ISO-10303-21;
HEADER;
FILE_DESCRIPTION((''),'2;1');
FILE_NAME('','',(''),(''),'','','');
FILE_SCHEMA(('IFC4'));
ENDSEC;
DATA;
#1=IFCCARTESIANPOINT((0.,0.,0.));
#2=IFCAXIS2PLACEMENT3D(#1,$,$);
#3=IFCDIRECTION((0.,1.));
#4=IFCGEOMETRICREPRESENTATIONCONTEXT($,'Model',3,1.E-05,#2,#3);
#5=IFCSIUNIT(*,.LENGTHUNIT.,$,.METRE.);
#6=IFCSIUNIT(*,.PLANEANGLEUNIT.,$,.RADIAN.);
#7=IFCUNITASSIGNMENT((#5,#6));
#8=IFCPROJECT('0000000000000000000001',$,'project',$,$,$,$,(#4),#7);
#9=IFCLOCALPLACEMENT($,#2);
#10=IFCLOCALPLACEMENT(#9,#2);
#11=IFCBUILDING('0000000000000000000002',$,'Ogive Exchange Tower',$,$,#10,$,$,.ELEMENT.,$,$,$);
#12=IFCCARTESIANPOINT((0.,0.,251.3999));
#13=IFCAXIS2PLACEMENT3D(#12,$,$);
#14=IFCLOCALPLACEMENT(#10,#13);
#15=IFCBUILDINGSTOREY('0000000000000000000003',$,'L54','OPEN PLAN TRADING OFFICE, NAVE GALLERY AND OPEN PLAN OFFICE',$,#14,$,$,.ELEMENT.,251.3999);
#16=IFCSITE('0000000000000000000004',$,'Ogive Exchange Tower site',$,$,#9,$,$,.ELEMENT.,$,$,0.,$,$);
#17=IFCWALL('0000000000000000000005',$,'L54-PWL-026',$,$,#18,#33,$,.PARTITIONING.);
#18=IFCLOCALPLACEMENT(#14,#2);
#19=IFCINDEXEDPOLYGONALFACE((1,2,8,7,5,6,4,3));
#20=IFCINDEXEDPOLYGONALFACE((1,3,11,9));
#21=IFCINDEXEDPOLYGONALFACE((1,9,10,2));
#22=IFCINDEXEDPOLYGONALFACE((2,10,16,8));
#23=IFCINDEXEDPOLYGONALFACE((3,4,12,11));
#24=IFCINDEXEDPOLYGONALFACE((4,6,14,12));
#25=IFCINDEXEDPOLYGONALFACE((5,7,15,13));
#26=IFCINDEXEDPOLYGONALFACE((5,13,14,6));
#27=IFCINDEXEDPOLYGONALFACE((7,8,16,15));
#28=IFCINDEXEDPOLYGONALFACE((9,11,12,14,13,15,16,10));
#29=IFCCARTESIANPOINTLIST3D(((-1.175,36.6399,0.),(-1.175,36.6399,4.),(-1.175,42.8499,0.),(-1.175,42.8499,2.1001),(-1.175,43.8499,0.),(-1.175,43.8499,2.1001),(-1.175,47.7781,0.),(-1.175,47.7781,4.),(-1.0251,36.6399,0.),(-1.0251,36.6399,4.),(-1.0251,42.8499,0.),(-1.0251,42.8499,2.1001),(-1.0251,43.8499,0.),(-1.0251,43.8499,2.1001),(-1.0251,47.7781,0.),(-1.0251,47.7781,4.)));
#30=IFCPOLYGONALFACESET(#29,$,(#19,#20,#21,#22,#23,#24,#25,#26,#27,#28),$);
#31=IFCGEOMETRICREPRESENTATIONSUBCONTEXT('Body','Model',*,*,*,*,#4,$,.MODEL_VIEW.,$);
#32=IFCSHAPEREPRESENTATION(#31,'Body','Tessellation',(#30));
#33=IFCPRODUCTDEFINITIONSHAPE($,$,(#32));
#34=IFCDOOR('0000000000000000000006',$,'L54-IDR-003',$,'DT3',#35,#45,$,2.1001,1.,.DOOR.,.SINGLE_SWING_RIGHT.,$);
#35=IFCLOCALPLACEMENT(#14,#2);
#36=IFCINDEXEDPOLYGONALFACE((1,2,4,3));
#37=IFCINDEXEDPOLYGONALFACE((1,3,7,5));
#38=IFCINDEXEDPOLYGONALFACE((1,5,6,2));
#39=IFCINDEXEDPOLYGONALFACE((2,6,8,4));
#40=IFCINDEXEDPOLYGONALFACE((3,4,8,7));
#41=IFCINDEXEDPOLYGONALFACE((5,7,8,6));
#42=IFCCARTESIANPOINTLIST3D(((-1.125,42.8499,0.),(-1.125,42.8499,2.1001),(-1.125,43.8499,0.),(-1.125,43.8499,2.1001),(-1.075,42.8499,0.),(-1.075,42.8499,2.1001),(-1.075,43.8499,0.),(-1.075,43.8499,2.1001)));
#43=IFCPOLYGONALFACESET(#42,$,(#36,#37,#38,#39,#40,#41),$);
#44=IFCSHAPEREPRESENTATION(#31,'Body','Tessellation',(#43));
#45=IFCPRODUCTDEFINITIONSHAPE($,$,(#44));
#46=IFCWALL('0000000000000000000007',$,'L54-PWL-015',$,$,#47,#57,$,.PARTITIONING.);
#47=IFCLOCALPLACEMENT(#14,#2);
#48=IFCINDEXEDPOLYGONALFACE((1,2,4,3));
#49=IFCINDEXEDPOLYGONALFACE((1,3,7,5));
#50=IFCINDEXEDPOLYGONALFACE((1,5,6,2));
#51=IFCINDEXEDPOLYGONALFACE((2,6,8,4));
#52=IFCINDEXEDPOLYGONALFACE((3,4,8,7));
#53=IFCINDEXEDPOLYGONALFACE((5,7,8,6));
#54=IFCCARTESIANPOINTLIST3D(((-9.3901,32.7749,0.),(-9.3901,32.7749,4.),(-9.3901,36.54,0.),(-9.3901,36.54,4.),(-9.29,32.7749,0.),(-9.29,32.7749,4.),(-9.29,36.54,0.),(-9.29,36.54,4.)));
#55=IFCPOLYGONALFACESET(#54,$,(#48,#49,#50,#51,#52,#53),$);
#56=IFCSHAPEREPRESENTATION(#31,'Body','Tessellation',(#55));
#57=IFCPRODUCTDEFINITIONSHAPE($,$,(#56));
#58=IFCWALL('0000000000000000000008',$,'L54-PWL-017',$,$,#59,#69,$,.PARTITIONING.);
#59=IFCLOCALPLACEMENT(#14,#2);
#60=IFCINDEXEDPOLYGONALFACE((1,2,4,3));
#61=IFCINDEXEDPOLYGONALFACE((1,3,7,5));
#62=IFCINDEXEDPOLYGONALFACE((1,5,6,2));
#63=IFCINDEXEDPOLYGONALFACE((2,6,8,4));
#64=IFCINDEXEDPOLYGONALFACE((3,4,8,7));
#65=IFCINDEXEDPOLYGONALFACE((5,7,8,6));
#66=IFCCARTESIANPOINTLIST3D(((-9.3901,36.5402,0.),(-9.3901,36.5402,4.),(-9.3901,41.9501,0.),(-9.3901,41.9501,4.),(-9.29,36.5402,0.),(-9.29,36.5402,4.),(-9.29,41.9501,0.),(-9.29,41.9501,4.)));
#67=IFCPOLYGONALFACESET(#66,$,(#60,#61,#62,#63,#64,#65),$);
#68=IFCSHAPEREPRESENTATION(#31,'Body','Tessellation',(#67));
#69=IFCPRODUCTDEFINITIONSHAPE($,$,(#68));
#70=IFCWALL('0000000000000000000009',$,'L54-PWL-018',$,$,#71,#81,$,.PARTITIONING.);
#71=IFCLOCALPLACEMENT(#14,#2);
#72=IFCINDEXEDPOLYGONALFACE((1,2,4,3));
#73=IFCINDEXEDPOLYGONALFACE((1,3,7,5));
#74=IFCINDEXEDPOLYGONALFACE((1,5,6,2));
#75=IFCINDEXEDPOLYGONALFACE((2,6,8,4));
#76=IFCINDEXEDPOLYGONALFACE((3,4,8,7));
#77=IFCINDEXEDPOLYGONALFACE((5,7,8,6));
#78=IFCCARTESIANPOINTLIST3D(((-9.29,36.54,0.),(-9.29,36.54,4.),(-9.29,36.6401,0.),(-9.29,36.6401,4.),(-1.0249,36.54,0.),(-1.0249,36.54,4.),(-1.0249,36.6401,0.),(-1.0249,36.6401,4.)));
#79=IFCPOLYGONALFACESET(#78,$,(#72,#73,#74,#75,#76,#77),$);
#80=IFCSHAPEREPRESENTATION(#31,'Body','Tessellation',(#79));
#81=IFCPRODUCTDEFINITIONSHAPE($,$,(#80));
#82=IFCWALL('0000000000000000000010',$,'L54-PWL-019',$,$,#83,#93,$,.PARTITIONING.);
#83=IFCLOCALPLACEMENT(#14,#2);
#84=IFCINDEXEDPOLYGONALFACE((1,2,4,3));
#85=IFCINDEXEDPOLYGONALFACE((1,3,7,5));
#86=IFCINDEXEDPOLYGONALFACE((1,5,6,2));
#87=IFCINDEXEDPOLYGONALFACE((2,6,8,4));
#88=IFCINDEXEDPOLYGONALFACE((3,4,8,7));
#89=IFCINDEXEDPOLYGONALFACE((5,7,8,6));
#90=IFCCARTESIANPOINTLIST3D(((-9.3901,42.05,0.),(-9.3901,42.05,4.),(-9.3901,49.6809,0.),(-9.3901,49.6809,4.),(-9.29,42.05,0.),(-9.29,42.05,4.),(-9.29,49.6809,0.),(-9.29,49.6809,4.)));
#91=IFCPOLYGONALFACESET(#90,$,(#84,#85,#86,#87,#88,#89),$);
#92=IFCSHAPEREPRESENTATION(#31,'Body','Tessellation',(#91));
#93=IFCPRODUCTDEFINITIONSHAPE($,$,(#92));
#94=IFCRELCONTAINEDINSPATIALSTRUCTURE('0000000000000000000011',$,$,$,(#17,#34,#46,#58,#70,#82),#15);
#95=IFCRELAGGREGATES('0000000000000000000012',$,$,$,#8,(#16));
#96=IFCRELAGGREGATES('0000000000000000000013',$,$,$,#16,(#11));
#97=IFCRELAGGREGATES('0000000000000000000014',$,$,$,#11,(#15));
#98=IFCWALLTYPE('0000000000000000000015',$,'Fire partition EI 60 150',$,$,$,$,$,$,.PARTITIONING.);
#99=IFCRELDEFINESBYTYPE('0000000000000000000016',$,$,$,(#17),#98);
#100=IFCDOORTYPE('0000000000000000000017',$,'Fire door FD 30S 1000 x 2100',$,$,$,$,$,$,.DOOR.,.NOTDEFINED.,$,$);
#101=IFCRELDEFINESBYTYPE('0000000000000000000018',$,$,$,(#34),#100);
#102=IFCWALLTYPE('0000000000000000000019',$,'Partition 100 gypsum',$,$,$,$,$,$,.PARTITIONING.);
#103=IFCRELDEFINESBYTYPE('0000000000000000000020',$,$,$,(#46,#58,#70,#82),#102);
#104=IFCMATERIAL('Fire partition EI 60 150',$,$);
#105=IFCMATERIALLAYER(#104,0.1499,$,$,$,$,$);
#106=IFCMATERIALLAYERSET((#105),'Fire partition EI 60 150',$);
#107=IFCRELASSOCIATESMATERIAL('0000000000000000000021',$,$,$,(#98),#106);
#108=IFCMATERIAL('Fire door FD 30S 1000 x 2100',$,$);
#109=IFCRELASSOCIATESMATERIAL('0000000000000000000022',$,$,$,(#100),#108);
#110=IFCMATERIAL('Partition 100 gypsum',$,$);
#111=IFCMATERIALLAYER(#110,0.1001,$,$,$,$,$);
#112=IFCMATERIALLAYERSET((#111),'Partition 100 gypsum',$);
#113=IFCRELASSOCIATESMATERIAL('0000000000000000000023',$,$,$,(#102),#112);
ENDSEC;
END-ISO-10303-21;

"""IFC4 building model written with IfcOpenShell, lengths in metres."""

from ifc_helpers import new_model, si_unit, direction, frame, frame_2d, origin, place, context, subcontext, project, spatial, rectangle, extrude, material, layer, layer_set, type_object, element, fill, save


model = new_model("IFC4")

# Units and contexts
model_context = context("Model", 3, precision=1e-05, world=origin(), true_north=direction((0.0, 1.0)))
body_context = subcontext(model_context, "Body", "Model", "MODEL_VIEW")
ifc_project = project(units=[si_unit("LENGTHUNIT", "METRE"), si_unit("PLANEANGLEUNIT", "RADIAN")], contexts=[model_context])

# Site, building, storey
site_placement = place(None, origin())
site = spatial("IfcSite", under=ifc_project, at=site_placement, Name="Ogive Exchange Tower site", CompositionType="ELEMENT", RefElevation=0.0)
building_placement = place(site_placement, origin())
building = spatial("IfcBuilding", under=site, at=building_placement, Name="Ogive Exchange Tower", CompositionType="ELEMENT")
storey_placement = place(building_placement, frame((0.0, 0.0, 251.3999)))
storey = spatial("IfcBuildingStorey", under=building, at=storey_placement, Name="L54", Description="OPEN PLAN TRADING OFFICE, NAVE GALLERY AND OPEN PLAN OFFICE", CompositionType="ELEMENT", Elevation=251.3999)

# Shared definitions
ifc_material_1 = material(Name="Fire partition EI 60 150")
ifc_layer_1 = layer(ifc_material_1, 0.1499)
ifc_layer_set_1 = layer_set([ifc_layer_1], Name="Fire partition EI 60 150")
wall_type_1 = type_object("IfcWallType", Name="Fire partition EI 60 150", PredefinedType="PARTITIONING", material=ifc_layer_set_1)

# Wall, opening, door
wall_1_placement = place(storey_placement, frame((-1.1001, 36.6399, 0.0), z_axis=(0.0, 0.0, 1.0), x_axis=(0.0, 1.0, 0.0)))
wall_1 = element("IfcWall", 1, at=wall_1_placement, inside=storey, type_object=wall_type_1, Name="L54-PWL-026", PredefinedType="PARTITIONING", context=body_context, shape_type="SweptSolid", body=[
    extrude(rectangle(XDim=11.1382, YDim=0.1499, at=frame_2d((5.5691, 0.0))), origin(), (0.0, 0.0, 1.0), 4.0),
])
opening_placement = place(wall_1_placement, frame((6.21, 0.0, 0.0)))
opening = element("IfcOpeningElement", 2, at=opening_placement, cuts=wall_1, PredefinedType="OPENING", context=body_context, shape_type="SweptSolid", body=[
    extrude(rectangle(XDim=1.0, YDim=2.1001, at=frame_2d((0.5, 1.05))), frame((0.0, 0.085, 0.0), z_axis=(0.0, -1.0, 0.0), x_axis=(1.0, 0.0, 0.0)), (0.0, 0.0, 1.0), 0.1699),
])
ifc_material_2 = material(Name="Fire door FD 30S 1000 x 2100")
door_type = type_object("IfcDoorType", Name="Fire door FD 30S 1000 x 2100", OperationType="NOTDEFINED", PredefinedType="DOOR", material=ifc_material_2)
door_placement = place(opening_placement, origin())
door = element("IfcDoor", 3, at=door_placement, inside=storey, type_object=door_type, Name="L54-IDR-003", ObjectType="DT3", OperationType="SINGLE_SWING_RIGHT", OverallHeight=2.1001, OverallWidth=1.0, PredefinedType="DOOR", context=body_context, shape_type="SweptSolid", body=[
    extrude(rectangle(XDim=1.0, YDim=2.1001, at=frame_2d((0.5, 1.05))), frame((0.0, 0.0249, 0.0), z_axis=(0.0, -1.0, 0.0), x_axis=(1.0, 0.0, 0.0)), (0.0, 0.0, 1.0), 0.05),
])
fill(opening, door)

# Walls
ifc_material_3 = material(Name="Partition 100 gypsum")
ifc_layer_2 = layer(ifc_material_3, 0.1001)
ifc_layer_set_2 = layer_set([ifc_layer_2], Name="Partition 100 gypsum")
wall_type_2 = type_object("IfcWallType", Name="Partition 100 gypsum", PredefinedType="PARTITIONING", material=ifc_layer_set_2)
wall_2_placement = place(storey_placement, frame((-9.3401, 32.7749, 0.0), z_axis=(0.0, 0.0, 1.0), x_axis=(0.0, 1.0, 0.0)))
element("IfcWall", 4, at=wall_2_placement, inside=storey, type_object=wall_type_2, Name="L54-PWL-015", PredefinedType="PARTITIONING", context=body_context, shape_type="SweptSolid", body=[
    extrude(rectangle(XDim=3.7651, YDim=0.1001, at=frame_2d((1.8826, 0.0))), origin(), (0.0, 0.0, 1.0), 4.0),
])
wall_3_placement = place(storey_placement, frame((-9.3401, 36.54, 0.0), z_axis=(0.0, 0.0, 1.0), x_axis=(0.0, 1.0, 0.0)))
element("IfcWall", 5, at=wall_3_placement, inside=storey, type_object=wall_type_2, Name="L54-PWL-017", PredefinedType="PARTITIONING", context=body_context, shape_type="SweptSolid", body=[
    extrude(rectangle(XDim=5.4099, YDim=0.1001, at=frame_2d((2.7051, 0.0))), origin(), (0.0, 0.0, 1.0), 4.0),
])
wall_4_placement = place(storey_placement, frame((-9.29, 36.5901, 0.0), z_axis=(0.0, 0.0, 1.0), x_axis=(1.0, 0.0, 0.0)))
element("IfcWall", 6, at=wall_4_placement, inside=storey, type_object=wall_type_2, Name="L54-PWL-018", PredefinedType="PARTITIONING", context=body_context, shape_type="SweptSolid", body=[
    extrude(rectangle(XDim=8.2651, YDim=0.1001, at=frame_2d((4.1326, 0.0))), origin(), (0.0, 0.0, 1.0), 4.0),
])
wall_5_placement = place(storey_placement, frame((-9.3401, 42.05, 0.0), z_axis=(0.0, 0.0, 1.0), x_axis=(0.0, 1.0, 0.0)))
element("IfcWall", 7, at=wall_5_placement, inside=storey, type_object=wall_type_2, Name="L54-PWL-019", PredefinedType="PARTITIONING", context=body_context, shape_type="SweptSolid", body=[
    extrude(rectangle(XDim=7.6309, YDim=0.1001, at=frame_2d((3.8154, 0.0))), origin(), (0.0, 0.0, 1.0), 4.0),
])

save(model, "model.ifc")
